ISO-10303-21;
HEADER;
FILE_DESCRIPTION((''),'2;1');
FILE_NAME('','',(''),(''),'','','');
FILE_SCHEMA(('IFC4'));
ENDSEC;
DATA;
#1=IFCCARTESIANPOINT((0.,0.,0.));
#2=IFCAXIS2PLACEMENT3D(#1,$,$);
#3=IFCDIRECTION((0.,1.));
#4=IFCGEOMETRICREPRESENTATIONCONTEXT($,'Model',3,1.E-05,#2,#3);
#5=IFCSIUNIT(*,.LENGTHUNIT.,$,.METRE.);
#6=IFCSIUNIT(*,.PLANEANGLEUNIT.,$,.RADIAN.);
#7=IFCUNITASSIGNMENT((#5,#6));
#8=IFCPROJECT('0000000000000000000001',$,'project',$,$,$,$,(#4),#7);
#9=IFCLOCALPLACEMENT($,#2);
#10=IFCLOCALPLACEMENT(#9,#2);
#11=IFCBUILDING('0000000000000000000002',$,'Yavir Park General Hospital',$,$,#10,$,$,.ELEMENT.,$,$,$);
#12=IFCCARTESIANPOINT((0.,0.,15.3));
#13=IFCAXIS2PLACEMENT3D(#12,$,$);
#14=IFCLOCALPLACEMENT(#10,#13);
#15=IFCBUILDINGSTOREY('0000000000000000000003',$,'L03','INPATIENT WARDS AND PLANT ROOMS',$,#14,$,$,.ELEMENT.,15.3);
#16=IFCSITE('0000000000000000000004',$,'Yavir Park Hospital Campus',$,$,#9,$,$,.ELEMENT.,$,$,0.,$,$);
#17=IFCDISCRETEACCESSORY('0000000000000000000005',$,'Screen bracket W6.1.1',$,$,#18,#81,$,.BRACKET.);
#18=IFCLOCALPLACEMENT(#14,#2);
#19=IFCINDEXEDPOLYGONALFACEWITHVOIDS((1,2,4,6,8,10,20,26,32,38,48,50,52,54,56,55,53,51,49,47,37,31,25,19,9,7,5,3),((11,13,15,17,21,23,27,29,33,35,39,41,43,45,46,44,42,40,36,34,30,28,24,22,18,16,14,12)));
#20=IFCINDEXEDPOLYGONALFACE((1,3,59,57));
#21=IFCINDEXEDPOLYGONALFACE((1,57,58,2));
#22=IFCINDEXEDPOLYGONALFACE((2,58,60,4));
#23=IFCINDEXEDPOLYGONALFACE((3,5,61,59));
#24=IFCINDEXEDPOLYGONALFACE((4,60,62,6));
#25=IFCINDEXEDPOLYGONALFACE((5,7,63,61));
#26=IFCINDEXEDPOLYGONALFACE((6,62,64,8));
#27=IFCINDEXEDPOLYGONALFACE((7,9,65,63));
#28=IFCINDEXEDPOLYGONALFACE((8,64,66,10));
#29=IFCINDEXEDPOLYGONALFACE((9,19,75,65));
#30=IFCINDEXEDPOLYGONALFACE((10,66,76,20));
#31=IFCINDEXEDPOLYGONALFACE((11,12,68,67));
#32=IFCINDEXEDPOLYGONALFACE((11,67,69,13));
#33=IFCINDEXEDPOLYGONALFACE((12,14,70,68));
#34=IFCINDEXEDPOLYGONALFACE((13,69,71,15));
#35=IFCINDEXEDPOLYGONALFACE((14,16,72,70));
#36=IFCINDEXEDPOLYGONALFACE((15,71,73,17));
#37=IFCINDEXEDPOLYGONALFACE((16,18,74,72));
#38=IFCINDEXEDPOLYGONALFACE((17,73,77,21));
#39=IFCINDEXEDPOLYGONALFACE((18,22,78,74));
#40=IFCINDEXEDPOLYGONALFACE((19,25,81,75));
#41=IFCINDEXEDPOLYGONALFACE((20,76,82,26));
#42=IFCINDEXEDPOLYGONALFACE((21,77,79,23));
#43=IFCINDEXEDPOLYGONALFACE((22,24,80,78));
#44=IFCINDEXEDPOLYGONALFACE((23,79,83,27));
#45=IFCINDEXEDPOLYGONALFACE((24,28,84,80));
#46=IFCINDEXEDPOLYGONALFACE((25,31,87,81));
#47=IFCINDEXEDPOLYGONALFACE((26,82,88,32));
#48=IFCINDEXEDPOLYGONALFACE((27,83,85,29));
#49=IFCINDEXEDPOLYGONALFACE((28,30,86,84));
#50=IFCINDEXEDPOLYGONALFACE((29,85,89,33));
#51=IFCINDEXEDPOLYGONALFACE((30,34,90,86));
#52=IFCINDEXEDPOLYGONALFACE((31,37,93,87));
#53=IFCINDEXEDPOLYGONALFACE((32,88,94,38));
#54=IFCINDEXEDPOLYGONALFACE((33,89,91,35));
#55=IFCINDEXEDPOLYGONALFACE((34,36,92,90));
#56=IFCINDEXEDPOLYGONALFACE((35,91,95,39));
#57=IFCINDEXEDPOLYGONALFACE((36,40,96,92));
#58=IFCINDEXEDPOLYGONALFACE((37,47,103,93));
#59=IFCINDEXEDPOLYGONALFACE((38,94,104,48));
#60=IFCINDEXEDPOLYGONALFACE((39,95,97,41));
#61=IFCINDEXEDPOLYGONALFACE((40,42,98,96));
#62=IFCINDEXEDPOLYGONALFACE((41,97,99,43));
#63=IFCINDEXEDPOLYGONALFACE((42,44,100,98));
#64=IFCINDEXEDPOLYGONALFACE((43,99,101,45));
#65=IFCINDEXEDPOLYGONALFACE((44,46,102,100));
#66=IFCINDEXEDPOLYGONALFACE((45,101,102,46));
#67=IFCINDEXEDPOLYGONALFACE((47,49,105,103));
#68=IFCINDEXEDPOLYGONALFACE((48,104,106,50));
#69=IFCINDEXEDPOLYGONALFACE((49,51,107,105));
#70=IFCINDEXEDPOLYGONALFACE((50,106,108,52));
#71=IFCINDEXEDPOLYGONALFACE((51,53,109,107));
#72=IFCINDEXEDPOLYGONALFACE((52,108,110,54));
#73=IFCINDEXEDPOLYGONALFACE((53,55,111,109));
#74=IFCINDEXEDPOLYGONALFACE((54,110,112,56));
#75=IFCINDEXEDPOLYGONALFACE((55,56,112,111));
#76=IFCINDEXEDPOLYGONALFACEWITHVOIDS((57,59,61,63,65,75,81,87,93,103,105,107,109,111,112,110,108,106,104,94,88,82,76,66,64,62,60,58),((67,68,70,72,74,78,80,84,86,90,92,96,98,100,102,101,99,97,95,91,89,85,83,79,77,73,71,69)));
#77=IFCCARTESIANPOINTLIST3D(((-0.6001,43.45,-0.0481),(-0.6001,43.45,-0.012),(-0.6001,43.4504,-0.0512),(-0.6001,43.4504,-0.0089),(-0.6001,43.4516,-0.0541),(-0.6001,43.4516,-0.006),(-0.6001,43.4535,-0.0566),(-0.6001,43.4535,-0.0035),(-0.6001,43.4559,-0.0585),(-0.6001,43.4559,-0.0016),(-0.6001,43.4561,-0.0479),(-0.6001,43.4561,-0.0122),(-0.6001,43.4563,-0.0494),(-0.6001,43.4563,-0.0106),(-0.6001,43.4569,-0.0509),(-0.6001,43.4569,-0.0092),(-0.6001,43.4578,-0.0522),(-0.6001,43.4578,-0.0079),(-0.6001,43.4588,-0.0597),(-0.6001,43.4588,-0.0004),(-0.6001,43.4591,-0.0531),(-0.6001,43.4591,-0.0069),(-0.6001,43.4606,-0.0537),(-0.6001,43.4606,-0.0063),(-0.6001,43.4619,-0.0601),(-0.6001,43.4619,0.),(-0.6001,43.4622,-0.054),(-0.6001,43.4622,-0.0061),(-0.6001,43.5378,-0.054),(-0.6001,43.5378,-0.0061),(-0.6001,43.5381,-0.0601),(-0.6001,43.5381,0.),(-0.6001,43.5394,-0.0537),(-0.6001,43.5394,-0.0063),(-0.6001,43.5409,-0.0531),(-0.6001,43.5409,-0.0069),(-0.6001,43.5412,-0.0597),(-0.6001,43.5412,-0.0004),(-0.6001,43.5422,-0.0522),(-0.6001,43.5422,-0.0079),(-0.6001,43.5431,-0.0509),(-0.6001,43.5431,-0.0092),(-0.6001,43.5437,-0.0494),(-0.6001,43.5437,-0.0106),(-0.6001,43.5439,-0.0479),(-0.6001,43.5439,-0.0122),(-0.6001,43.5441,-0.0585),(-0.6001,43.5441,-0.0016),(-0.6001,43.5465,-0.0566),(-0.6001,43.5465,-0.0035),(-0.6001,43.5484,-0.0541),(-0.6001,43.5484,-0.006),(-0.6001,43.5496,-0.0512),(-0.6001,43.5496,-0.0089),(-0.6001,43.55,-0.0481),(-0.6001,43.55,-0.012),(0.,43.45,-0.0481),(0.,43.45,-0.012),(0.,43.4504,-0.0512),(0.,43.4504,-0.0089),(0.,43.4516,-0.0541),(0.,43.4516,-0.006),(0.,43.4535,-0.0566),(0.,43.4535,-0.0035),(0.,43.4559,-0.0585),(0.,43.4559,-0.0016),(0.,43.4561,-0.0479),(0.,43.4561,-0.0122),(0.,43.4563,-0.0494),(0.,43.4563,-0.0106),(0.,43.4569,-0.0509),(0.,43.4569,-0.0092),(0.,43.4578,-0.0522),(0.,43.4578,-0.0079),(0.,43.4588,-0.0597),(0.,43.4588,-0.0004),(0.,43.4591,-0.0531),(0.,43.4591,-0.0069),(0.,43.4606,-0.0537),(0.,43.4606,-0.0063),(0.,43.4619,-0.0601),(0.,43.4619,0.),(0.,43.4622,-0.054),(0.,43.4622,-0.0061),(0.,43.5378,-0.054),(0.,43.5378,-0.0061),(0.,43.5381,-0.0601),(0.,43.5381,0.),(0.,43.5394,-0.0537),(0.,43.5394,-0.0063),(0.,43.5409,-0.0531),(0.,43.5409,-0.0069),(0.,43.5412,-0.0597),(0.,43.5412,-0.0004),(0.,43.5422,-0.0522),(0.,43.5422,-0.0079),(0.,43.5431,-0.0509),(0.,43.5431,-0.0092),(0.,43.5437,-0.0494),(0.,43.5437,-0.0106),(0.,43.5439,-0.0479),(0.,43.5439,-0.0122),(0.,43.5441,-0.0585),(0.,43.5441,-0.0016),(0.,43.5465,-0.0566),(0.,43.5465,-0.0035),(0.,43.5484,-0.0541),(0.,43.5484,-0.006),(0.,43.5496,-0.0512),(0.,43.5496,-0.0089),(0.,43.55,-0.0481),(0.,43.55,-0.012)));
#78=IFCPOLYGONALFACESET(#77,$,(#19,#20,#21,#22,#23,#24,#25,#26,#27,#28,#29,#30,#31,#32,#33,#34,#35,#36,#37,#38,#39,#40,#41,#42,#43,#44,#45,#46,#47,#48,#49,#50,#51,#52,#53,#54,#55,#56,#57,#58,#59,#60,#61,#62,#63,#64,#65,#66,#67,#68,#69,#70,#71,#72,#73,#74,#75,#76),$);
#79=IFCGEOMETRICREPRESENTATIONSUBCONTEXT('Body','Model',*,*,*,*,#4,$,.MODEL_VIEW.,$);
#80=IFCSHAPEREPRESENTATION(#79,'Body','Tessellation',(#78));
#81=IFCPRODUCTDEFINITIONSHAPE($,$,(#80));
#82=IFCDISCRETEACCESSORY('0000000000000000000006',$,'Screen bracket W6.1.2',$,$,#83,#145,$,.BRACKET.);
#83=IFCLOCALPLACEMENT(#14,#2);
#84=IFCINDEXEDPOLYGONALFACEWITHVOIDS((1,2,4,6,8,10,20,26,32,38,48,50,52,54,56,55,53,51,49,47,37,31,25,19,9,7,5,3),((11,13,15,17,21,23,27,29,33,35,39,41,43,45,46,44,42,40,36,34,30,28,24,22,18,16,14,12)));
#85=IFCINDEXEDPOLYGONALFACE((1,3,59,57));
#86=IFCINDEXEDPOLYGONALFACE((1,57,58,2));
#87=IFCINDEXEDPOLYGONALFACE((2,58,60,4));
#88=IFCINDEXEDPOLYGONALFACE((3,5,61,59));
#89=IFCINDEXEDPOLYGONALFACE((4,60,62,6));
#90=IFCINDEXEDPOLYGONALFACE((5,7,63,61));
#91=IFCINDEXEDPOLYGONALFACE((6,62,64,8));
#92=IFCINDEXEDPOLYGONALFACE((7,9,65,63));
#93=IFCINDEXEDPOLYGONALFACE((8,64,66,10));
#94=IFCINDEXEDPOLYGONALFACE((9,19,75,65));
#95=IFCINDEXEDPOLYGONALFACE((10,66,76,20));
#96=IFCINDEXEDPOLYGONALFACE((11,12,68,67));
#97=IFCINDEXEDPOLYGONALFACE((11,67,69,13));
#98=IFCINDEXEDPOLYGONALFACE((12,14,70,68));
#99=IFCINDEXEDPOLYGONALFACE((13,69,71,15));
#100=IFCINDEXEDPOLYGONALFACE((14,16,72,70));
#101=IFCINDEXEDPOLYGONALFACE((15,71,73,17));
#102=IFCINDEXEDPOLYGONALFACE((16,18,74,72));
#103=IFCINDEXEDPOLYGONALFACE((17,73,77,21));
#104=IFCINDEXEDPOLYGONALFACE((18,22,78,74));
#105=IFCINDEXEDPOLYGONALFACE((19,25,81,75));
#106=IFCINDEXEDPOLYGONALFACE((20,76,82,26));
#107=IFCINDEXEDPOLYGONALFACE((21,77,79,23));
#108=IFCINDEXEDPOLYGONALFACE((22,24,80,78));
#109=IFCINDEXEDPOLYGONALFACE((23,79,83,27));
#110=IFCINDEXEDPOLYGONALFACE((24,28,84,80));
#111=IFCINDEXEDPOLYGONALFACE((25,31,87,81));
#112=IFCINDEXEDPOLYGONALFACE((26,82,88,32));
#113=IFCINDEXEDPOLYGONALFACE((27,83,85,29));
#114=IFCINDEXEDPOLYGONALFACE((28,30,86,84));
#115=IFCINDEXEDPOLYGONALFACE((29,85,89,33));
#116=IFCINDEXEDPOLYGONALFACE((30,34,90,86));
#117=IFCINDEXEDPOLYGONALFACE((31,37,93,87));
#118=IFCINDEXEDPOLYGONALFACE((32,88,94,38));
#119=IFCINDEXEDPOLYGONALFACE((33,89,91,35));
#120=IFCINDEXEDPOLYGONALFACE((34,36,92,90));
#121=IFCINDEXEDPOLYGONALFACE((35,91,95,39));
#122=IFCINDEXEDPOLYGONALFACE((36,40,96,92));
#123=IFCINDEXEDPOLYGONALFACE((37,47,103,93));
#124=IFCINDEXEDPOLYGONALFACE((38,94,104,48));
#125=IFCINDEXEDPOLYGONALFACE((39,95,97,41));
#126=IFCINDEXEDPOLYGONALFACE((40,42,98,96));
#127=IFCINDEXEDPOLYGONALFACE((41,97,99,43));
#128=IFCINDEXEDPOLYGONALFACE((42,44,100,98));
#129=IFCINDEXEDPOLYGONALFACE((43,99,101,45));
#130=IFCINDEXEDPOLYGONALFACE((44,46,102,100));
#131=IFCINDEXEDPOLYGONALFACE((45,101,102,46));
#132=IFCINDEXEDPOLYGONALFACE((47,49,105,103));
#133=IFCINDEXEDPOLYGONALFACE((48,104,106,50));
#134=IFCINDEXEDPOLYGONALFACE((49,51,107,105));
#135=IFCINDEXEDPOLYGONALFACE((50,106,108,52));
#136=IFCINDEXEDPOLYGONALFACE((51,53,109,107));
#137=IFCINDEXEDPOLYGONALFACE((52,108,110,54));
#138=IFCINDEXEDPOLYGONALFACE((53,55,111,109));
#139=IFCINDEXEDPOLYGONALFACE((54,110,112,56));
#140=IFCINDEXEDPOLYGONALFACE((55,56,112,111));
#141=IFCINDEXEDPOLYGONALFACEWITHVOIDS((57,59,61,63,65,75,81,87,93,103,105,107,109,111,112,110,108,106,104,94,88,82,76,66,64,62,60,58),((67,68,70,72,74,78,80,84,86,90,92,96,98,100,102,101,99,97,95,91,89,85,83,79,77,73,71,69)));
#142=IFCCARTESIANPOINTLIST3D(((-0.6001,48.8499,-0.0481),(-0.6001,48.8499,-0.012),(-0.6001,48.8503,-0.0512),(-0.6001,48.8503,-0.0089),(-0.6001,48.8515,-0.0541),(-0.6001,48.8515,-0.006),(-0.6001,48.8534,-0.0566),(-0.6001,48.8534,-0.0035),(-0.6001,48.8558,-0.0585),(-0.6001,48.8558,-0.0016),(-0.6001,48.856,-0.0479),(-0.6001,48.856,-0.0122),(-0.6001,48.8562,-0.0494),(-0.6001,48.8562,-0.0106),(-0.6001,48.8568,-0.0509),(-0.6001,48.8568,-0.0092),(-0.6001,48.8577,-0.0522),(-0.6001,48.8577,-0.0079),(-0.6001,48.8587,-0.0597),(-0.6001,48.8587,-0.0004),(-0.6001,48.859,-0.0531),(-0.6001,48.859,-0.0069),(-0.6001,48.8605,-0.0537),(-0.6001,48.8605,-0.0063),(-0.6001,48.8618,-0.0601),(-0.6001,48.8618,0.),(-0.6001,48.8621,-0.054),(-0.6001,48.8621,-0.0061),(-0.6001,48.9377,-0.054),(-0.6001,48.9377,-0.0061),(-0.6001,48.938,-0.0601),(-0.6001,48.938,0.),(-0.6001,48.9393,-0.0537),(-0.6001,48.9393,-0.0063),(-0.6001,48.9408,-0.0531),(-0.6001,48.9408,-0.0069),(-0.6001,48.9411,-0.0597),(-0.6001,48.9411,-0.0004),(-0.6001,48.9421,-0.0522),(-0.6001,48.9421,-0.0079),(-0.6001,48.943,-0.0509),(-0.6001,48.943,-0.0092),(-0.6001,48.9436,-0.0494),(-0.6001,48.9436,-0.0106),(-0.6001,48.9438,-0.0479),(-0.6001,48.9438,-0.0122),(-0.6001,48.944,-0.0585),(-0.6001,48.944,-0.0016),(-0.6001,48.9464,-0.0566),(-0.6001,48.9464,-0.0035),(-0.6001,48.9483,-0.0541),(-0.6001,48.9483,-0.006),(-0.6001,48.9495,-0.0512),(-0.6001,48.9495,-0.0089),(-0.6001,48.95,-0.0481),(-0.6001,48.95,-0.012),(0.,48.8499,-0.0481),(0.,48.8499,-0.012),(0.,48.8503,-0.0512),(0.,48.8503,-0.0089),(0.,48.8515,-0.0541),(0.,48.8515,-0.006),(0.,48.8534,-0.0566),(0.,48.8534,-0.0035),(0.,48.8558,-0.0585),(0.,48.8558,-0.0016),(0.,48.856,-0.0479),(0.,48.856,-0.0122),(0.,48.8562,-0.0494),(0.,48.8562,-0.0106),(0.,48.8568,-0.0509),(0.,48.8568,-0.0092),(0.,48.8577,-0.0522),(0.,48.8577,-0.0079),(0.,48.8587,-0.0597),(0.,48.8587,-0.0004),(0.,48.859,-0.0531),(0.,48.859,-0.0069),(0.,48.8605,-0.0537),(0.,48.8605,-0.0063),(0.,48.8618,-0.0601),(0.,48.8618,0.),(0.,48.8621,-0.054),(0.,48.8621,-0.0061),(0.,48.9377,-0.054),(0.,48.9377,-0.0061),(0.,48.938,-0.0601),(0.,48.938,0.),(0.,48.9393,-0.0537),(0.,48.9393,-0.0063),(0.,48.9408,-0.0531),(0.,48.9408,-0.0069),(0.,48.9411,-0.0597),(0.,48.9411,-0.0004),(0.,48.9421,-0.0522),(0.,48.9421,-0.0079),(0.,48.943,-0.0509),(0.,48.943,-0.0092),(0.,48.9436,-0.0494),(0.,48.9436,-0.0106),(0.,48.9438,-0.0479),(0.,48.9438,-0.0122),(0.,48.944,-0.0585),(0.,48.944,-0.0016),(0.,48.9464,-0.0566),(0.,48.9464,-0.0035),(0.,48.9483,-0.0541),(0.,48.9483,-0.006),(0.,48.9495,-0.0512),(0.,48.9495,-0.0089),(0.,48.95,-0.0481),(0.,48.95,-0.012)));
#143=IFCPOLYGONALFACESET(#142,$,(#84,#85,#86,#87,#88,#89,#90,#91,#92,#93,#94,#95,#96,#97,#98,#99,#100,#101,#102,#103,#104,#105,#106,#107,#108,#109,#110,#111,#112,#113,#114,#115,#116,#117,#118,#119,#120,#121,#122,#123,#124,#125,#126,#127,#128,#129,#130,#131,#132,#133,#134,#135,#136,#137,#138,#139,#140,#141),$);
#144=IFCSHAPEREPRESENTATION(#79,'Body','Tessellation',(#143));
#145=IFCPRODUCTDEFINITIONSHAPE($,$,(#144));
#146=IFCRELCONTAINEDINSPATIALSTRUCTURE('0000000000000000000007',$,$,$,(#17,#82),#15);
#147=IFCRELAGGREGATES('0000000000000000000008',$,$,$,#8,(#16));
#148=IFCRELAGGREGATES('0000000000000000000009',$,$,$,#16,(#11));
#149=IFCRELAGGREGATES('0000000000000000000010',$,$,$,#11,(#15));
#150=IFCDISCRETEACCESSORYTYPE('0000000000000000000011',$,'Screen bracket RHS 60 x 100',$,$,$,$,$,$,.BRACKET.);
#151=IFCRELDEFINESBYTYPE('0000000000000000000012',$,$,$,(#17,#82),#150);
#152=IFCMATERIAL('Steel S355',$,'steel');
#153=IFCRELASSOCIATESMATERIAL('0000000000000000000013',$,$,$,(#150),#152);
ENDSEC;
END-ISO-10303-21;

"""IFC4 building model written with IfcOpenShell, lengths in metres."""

from ifc_helpers import new_model, si_unit, direction, frame, origin, origin_2d, place, context, subcontext, project, spatial, hollow_rectangle, extrude, material, material_profile, profile_set, type_object, element, save


model = new_model("IFC4")

# Units and contexts
model_context = context("Model", 3, precision=1e-05, world=origin(), true_north=direction((0.0, 1.0)))
body_context = subcontext(model_context, "Body", "Model", "MODEL_VIEW")
ifc_project = project(units=[si_unit("LENGTHUNIT", "METRE"), si_unit("PLANEANGLEUNIT", "RADIAN")], contexts=[model_context])

# Site, building, storey
site_placement = place(None, origin())
site = spatial("IfcSite", under=ifc_project, at=site_placement, Name="Yavir Park Hospital Campus", CompositionType="ELEMENT", RefElevation=0.0)
building_placement = place(site_placement, origin())
building = spatial("IfcBuilding", under=site, at=building_placement, Name="Yavir Park General Hospital", CompositionType="ELEMENT")
storey_placement = place(building_placement, frame((0.0, 0.0, 15.3)))
storey = spatial("IfcBuildingStorey", under=building, at=storey_placement, Name="L03", Description="INPATIENT WARDS AND PLANT ROOMS", CompositionType="ELEMENT", Elevation=15.3)

# Discrete accessories
ifc_material_1 = material(Name="Steel S355", Category="steel")
ifc_material_profile_1 = material_profile(ifc_material_1, hollow_rectangle(XDim=0.1001, YDim=0.0601, WallThickness=0.0061, InnerFilletRadius=0.0061, OuterFilletRadius=0.012, at=origin_2d()), Name="RHS60x100x6")
ifc_profile_set_1 = profile_set([ifc_material_profile_1], Name="Steel S355")
discrete_accessory_type_1 = type_object("IfcDiscreteAccessoryType", Name="Screen bracket RHS 60 x 100", PredefinedType="BRACKET", material=ifc_profile_set_1)
for number, where, z_axis, x_axis, name in (
    (1, (0.0, 43.5, -0.03), (-1.0, 0.0, 0.0), (0.0, -1.0, 0.0), "Screen bracket W6.1.1"),
    (2, (0.0, 48.8999, -0.03), (-1.0, 0.0, 0.0), (0.0, -1.0, 0.0), "Screen bracket W6.1.2"),
):
    element("IfcDiscreteAccessory", number, at=place(storey_placement, frame(where, z_axis=z_axis, x_axis=x_axis)), inside=storey, type_object=discrete_accessory_type_1, Name=name, PredefinedType="BRACKET", context=body_context, shape_type="SweptSolid", body=[
        extrude(hollow_rectangle(XDim=0.1001, YDim=0.0601, WallThickness=0.0061, InnerFilletRadius=0.0061, OuterFilletRadius=0.012, at=origin_2d()), origin(), (0.0, 0.0, 1.0), 0.6001),
    ])

save(model, "model.ifc")
